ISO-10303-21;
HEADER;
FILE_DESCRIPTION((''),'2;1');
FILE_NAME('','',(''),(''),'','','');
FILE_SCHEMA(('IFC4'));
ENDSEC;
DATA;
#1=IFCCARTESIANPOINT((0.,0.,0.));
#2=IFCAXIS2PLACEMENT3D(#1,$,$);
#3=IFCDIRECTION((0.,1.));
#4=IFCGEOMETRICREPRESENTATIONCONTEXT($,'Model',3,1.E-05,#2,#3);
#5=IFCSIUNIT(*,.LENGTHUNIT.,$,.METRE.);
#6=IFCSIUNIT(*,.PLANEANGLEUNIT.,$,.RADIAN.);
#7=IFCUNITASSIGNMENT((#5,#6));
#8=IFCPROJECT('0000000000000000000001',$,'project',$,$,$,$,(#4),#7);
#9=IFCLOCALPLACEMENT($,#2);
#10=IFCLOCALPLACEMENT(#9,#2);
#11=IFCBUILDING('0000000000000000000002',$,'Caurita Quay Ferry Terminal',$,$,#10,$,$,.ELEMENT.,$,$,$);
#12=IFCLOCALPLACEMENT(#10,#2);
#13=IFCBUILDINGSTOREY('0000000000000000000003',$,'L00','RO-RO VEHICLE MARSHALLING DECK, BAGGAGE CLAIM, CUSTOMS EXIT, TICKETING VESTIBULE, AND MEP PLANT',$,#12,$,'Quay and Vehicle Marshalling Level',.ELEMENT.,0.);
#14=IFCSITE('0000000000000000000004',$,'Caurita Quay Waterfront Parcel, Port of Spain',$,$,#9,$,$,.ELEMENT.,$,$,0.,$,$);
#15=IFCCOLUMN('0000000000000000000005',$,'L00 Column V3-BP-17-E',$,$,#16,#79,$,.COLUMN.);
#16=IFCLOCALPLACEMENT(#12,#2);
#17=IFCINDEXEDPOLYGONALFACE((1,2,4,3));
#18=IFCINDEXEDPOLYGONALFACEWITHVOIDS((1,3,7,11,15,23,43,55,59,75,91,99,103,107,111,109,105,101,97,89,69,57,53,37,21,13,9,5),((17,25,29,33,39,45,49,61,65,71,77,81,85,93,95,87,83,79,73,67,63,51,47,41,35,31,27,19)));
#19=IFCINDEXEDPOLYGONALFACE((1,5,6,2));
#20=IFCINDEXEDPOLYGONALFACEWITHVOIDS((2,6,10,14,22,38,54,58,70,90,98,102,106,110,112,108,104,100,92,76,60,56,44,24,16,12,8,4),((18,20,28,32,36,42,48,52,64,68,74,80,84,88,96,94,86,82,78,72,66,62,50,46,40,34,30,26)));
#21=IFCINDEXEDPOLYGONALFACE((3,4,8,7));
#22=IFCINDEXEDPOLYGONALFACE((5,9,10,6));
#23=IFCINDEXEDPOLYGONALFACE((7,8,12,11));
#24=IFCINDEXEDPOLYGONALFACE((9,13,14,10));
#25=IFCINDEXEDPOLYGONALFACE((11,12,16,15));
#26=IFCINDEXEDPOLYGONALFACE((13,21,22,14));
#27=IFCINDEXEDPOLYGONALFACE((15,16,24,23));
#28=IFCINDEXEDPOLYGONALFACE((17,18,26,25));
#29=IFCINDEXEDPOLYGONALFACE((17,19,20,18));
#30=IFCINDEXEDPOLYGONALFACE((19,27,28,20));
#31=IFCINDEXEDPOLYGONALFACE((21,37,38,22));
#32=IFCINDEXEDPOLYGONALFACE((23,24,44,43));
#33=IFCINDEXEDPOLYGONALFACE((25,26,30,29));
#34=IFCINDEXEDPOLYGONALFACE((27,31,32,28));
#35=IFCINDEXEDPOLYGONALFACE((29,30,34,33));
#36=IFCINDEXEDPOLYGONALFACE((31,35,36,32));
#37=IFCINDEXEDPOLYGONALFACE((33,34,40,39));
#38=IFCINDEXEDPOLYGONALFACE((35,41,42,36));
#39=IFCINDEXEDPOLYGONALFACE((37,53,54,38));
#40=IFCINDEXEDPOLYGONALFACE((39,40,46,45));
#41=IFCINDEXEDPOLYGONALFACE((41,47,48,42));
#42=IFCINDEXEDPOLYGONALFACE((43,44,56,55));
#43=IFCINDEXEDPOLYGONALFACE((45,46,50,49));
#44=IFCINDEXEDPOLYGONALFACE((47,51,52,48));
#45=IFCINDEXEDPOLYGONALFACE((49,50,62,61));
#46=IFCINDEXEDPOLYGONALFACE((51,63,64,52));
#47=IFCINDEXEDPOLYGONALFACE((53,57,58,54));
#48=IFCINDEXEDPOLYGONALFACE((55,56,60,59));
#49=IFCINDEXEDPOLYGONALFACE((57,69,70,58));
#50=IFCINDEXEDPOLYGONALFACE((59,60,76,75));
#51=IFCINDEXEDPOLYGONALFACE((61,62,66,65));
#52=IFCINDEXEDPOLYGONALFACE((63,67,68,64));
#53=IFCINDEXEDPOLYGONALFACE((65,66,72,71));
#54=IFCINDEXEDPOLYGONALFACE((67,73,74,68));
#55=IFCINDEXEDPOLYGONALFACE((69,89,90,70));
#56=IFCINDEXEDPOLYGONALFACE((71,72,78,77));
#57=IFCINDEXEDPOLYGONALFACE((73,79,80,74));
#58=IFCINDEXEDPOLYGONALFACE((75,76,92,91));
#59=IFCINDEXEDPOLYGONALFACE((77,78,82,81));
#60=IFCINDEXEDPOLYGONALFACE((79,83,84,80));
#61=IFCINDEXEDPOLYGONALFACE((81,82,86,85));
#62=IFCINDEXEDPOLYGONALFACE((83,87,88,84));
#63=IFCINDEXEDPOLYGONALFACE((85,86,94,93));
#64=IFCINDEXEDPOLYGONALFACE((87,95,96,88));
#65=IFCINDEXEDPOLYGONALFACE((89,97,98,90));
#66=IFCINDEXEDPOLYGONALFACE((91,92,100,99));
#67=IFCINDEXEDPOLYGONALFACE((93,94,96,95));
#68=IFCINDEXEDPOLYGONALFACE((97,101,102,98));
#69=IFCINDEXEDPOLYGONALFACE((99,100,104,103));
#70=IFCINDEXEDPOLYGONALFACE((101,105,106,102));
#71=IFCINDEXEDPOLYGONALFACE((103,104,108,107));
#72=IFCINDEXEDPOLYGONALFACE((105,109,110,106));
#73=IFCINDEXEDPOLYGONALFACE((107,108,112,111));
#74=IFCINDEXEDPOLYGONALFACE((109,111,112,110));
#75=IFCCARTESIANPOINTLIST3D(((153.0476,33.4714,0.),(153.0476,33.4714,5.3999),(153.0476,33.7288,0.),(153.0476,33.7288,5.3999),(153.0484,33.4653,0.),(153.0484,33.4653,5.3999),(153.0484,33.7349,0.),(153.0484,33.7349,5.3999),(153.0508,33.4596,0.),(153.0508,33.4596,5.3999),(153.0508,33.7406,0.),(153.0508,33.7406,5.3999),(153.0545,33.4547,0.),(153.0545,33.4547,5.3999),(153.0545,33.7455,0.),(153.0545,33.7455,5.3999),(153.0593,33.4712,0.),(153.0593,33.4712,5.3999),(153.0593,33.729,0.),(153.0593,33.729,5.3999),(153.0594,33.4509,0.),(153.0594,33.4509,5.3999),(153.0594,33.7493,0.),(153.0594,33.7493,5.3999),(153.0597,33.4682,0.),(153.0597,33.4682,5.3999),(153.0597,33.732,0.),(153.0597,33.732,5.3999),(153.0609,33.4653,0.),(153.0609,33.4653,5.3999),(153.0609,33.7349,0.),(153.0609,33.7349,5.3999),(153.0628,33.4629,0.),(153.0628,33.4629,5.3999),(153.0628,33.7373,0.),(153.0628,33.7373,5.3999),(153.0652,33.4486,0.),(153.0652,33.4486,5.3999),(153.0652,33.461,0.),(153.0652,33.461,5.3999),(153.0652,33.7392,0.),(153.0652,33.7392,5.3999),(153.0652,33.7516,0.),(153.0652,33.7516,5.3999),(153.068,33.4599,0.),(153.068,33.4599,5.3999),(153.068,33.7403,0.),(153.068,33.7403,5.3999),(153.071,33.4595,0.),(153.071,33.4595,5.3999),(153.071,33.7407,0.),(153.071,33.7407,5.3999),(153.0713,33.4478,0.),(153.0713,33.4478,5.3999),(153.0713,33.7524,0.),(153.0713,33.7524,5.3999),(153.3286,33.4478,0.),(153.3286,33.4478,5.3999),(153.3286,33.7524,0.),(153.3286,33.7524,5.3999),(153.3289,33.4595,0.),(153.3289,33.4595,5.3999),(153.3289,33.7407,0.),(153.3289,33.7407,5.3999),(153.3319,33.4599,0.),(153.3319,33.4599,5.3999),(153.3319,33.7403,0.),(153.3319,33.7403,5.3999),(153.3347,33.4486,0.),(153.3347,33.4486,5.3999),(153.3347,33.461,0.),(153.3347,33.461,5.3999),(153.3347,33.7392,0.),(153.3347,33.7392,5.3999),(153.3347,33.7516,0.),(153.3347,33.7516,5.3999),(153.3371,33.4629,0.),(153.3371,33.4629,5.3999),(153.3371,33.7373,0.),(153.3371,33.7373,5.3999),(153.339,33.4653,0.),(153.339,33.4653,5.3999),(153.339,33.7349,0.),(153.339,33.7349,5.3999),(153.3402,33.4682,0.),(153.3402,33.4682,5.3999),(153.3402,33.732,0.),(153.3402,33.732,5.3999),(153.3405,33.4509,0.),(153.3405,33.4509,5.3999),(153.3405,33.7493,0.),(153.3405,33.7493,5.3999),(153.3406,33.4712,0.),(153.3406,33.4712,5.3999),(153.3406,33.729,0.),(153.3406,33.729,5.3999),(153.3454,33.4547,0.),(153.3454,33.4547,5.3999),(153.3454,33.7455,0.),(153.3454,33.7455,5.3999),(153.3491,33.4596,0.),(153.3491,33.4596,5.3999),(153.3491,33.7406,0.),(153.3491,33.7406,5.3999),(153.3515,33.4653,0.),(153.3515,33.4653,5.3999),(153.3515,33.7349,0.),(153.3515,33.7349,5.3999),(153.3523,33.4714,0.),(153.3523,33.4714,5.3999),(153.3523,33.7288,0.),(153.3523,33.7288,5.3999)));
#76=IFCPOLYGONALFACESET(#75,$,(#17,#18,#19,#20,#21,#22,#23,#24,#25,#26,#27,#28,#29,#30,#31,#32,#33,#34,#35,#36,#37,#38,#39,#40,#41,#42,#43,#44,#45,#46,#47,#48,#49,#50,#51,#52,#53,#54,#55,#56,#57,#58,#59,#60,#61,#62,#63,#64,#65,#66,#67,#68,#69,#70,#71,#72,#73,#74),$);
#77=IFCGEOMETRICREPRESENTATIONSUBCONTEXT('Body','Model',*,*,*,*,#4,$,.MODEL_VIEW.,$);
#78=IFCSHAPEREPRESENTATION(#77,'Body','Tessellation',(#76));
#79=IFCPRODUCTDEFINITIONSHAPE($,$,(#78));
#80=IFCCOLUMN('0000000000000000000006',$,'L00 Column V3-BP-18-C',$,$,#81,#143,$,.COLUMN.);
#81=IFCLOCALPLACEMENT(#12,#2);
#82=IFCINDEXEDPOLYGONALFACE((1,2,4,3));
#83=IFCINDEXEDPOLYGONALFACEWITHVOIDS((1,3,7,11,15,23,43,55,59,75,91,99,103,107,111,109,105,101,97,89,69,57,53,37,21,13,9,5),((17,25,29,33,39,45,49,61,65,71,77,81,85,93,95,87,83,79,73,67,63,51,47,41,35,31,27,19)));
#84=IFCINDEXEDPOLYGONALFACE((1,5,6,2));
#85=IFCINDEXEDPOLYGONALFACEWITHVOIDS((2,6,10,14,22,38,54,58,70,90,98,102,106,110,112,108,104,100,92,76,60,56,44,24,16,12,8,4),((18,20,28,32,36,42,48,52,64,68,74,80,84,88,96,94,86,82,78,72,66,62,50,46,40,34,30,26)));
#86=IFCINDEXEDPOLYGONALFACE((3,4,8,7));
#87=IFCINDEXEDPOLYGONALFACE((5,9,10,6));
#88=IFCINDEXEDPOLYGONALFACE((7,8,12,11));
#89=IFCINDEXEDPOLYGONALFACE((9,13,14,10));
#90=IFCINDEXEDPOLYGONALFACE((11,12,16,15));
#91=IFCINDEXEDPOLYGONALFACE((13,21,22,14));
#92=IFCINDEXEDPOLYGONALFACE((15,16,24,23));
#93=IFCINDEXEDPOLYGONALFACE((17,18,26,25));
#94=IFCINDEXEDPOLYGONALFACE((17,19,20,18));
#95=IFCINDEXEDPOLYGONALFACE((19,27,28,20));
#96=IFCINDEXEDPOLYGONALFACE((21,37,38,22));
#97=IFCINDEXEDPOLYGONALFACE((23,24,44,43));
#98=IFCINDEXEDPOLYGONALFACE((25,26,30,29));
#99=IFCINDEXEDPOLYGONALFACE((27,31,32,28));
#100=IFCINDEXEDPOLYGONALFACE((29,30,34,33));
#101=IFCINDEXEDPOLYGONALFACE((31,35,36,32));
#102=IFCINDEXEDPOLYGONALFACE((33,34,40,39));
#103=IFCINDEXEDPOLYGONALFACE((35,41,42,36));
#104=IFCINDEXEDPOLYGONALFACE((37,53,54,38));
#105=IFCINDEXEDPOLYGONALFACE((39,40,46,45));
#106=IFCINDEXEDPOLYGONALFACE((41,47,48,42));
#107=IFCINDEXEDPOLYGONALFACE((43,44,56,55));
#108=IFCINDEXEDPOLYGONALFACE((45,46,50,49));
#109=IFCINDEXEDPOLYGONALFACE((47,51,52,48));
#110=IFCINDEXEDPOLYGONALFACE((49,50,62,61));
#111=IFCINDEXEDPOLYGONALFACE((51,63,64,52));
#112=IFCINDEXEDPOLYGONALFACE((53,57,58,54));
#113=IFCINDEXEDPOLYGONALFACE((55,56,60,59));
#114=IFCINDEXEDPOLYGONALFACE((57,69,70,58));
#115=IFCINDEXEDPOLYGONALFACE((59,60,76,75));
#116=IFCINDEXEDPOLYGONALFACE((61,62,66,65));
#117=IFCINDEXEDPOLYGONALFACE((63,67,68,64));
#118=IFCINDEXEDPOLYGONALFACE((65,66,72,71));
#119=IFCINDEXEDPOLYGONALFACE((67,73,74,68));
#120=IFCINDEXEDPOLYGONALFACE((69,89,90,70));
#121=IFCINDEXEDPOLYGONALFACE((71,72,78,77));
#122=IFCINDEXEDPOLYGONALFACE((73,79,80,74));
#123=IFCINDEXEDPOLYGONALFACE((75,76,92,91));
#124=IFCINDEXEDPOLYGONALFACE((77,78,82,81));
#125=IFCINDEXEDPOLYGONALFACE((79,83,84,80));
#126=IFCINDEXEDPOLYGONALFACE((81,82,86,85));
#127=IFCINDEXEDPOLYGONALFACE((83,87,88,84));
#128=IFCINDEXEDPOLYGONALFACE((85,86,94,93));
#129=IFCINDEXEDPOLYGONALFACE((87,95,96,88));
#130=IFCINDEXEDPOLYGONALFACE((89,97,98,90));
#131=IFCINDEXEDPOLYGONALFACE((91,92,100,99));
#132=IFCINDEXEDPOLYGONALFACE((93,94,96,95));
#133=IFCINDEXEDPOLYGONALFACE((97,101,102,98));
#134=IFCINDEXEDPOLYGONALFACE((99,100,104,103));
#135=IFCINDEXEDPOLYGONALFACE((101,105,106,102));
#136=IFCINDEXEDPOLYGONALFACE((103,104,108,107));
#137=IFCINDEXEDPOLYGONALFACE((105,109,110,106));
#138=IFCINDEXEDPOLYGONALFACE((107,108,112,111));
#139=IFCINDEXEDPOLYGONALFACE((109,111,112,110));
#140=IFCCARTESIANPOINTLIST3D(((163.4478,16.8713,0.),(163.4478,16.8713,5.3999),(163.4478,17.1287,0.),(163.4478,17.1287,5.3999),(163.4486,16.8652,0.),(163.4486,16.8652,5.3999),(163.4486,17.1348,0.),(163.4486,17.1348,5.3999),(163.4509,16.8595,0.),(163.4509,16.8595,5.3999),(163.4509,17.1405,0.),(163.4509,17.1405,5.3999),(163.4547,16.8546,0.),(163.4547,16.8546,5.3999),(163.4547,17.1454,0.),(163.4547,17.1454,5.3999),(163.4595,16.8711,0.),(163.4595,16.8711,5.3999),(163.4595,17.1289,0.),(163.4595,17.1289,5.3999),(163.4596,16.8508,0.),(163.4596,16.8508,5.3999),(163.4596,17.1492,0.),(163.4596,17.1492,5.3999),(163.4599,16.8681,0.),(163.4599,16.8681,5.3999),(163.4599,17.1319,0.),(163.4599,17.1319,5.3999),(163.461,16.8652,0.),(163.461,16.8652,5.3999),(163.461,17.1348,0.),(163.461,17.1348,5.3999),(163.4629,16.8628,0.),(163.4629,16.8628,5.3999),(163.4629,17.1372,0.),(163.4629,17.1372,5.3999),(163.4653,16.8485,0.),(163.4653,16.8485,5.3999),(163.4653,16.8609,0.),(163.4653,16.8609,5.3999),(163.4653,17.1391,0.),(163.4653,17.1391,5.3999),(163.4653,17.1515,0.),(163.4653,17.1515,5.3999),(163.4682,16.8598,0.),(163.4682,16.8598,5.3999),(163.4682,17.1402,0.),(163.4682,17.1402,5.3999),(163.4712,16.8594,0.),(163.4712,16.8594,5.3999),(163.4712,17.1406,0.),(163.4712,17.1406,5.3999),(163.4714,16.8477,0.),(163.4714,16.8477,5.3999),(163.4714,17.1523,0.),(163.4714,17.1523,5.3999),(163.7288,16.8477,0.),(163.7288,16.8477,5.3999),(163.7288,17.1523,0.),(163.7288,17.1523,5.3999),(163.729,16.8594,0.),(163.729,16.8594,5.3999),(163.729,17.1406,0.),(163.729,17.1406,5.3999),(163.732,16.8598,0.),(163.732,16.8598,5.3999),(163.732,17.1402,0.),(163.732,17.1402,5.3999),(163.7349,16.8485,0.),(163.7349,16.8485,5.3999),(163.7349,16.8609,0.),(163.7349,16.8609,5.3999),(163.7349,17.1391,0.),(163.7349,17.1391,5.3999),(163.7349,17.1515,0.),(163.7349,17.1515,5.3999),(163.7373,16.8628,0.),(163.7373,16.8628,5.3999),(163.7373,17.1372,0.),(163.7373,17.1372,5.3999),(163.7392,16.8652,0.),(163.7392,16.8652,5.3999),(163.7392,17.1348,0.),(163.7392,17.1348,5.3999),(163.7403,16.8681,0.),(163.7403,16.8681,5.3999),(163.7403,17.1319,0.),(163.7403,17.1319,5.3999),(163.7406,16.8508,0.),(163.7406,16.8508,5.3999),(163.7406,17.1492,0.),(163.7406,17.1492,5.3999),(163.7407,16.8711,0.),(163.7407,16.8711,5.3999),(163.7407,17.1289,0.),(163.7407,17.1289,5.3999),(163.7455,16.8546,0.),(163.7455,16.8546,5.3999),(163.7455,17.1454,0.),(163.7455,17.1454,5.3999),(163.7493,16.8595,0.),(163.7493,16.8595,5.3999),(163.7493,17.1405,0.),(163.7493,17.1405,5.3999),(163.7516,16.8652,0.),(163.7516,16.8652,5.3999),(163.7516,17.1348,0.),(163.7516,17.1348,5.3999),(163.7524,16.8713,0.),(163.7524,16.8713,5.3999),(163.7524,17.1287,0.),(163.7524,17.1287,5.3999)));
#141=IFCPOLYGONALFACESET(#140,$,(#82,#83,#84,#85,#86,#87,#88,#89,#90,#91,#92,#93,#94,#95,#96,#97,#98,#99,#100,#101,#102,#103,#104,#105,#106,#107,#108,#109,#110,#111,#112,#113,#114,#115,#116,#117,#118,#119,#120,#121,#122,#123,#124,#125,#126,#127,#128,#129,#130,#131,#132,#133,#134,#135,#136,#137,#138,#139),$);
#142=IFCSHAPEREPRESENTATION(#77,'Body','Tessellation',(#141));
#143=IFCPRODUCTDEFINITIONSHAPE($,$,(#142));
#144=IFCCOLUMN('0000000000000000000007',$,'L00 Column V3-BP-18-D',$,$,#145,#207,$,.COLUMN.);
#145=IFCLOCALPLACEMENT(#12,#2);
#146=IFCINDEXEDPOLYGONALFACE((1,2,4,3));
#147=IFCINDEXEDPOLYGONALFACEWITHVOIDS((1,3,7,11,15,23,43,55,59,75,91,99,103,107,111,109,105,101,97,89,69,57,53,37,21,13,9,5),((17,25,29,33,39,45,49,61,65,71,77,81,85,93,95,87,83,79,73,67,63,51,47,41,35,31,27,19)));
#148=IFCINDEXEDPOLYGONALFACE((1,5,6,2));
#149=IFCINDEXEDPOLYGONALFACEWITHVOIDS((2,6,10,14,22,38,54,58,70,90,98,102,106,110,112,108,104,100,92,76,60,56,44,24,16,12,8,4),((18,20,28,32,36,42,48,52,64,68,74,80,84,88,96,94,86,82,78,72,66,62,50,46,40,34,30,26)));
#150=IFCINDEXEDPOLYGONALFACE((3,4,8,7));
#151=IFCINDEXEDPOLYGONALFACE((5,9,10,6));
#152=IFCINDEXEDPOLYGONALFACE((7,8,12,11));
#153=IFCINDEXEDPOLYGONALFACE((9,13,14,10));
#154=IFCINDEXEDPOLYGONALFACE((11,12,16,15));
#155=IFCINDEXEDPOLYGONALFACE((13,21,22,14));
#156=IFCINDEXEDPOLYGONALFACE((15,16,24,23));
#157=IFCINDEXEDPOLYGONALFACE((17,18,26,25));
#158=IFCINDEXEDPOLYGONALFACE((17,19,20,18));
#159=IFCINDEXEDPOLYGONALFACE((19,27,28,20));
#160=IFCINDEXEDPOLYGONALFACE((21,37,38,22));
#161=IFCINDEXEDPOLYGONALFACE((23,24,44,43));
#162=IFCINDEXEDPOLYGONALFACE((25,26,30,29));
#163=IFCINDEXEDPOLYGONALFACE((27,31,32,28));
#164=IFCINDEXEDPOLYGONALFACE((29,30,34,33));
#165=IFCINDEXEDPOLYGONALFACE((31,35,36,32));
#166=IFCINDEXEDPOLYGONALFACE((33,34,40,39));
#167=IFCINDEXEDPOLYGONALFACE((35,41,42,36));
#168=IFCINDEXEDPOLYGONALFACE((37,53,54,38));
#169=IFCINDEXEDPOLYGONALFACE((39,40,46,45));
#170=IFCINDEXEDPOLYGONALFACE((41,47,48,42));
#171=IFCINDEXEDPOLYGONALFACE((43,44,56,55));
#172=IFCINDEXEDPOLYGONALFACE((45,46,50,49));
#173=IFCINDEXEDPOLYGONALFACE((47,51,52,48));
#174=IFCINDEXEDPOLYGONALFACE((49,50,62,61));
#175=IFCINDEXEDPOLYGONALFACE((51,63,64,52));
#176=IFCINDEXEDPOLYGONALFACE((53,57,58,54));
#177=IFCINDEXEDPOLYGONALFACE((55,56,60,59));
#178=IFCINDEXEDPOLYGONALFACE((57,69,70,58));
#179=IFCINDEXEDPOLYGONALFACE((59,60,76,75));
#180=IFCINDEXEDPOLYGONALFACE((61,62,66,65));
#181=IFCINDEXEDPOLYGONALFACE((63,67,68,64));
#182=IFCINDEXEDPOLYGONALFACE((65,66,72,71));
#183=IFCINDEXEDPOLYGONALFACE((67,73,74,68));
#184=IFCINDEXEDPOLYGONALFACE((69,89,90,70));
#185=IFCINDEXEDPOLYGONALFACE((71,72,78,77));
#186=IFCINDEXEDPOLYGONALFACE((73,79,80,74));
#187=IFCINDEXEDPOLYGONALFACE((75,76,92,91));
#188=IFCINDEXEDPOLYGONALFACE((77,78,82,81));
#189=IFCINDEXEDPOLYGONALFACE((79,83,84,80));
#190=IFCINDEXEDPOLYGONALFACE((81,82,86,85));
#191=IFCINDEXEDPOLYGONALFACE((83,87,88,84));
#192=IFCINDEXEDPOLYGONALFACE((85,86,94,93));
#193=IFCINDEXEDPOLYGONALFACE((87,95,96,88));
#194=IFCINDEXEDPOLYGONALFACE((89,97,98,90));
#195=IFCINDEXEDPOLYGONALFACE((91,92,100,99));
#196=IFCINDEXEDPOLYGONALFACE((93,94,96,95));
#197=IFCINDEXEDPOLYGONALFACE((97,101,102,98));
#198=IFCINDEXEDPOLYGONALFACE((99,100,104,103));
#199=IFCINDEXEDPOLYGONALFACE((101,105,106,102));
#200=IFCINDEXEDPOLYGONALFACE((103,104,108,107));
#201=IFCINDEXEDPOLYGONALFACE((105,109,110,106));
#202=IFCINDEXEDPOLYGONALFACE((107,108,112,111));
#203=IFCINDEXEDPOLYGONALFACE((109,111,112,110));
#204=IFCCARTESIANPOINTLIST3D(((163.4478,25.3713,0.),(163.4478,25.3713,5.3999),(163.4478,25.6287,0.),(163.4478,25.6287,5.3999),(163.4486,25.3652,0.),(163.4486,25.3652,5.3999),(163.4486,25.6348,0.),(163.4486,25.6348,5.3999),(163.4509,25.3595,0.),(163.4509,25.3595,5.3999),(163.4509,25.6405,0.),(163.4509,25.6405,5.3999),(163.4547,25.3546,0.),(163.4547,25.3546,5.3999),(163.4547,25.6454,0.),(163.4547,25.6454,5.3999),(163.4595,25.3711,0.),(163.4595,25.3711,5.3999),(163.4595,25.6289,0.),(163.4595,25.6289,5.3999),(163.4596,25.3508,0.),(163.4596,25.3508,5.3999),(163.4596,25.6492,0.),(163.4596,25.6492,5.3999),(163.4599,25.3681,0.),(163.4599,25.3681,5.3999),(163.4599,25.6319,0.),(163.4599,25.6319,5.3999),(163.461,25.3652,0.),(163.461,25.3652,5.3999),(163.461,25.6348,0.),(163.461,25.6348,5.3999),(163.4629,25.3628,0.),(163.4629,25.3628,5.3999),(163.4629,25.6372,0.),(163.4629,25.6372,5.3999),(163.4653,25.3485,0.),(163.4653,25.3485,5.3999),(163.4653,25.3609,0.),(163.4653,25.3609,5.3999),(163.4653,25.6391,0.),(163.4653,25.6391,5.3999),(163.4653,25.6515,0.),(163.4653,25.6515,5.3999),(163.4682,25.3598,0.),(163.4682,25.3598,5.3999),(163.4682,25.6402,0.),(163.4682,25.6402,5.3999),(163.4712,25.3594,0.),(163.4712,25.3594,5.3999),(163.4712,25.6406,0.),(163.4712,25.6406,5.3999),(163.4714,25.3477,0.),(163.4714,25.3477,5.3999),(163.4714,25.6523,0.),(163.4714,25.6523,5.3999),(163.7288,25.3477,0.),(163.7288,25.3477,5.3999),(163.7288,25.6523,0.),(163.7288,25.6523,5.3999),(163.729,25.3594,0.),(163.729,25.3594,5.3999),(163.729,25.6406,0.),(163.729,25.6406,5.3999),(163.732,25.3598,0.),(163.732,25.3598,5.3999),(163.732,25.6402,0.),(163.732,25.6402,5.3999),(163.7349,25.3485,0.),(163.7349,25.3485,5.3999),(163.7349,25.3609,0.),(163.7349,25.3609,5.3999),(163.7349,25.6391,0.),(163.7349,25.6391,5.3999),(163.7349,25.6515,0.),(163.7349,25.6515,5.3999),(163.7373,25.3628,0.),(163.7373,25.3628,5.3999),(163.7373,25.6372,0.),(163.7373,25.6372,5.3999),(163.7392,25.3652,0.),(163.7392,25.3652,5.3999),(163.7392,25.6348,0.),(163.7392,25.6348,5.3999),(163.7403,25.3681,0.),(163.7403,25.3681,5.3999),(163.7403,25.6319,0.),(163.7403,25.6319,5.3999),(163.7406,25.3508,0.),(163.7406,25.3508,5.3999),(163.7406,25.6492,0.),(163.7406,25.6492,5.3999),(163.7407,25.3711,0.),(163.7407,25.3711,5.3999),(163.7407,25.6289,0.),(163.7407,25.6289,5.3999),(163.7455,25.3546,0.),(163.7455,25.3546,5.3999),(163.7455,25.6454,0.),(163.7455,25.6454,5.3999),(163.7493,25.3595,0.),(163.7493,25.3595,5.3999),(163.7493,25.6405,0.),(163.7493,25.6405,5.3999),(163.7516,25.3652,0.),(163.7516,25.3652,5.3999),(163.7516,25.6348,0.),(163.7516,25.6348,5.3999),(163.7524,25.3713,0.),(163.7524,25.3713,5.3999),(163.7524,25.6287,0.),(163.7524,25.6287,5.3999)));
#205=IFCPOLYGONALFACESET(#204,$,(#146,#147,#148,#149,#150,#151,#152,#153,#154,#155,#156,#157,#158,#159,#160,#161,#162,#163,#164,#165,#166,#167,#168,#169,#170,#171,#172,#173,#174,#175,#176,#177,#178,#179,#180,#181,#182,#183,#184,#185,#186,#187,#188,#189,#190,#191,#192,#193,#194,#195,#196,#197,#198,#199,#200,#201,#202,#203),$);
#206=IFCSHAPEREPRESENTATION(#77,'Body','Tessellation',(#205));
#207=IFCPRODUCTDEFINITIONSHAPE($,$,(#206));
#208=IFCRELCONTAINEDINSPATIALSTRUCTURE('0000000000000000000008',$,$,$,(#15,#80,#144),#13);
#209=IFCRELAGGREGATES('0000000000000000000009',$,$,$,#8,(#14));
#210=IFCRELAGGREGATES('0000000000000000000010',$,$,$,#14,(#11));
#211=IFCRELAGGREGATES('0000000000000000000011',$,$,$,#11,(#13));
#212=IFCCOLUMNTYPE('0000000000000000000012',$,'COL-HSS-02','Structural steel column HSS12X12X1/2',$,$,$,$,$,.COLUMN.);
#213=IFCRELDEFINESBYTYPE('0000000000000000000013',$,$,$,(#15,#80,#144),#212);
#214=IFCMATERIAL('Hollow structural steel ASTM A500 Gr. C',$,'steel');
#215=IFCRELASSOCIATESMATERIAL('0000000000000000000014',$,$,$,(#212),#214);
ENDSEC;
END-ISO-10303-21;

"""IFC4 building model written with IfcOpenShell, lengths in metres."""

from ifc_helpers import new_model, si_unit, direction, frame, origin, origin_2d, place, context, subcontext, project, spatial, hollow_rectangle, extrude, material, material_profile, profile_set, type_object, element, save


model = new_model("IFC4")

# Units and contexts
model_context = context("Model", 3, precision=1e-05, world=origin(), true_north=direction((0.0, 1.0)))
body_context = subcontext(model_context, "Body", "Model", "MODEL_VIEW")
ifc_project = project(units=[si_unit("LENGTHUNIT", "METRE"), si_unit("PLANEANGLEUNIT", "RADIAN")], contexts=[model_context])

# Site, building, storey
site_placement = place(None, origin())
site = spatial("IfcSite", under=ifc_project, at=site_placement, Name="Caurita Quay Waterfront Parcel, Port of Spain", CompositionType="ELEMENT", RefElevation=0.0)
building_placement = place(site_placement, origin())
building = spatial("IfcBuilding", under=site, at=building_placement, Name="Caurita Quay Ferry Terminal", CompositionType="ELEMENT")
storey_placement = place(building_placement, origin())
storey = spatial("IfcBuildingStorey", under=building, at=storey_placement, Name="L00", Description="RO-RO VEHICLE MARSHALLING DECK, BAGGAGE CLAIM, CUSTOMS EXIT, TICKETING VESTIBULE, AND MEP PLANT", LongName="Quay and Vehicle Marshalling Level", CompositionType="ELEMENT", Elevation=0.0)

# Columns
ifc_material_1 = material(Name="Hollow structural steel ASTM A500 Gr. C", Category="steel")
ifc_material_profile_1 = material_profile(ifc_material_1, hollow_rectangle(XDim=0.3047, YDim=0.3047, WallThickness=0.0117, InnerFilletRadius=0.0117, OuterFilletRadius=0.0237, at=origin_2d()), Name="HSS12X12X1/2")
ifc_profile_set_1 = profile_set([ifc_material_profile_1], Name="Hollow structural steel ASTM A500 Gr. C")
column_type_1 = type_object("IfcColumnType", Name="COL-HSS-02", Description="Structural steel column HSS12X12X1/2", PredefinedType="COLUMN", material=ifc_profile_set_1)
for number, where, z_axis, x_axis, name in (
    (1, (153.2, 33.6001, 0.0), (0.0, 0.0, 1.0), (1.0, 0.0, 0.0), "L00 Column V3-BP-17-E"),
    (2, (163.6001, 17.0, 0.0), (0.0, 0.0, 1.0), (1.0, 0.0, 0.0), "L00 Column V3-BP-18-C"),
    (3, (163.6001, 25.5, 0.0), (0.0, 0.0, 1.0), (1.0, 0.0, 0.0), "L00 Column V3-BP-18-D"),
):
    element("IfcColumn", number, at=place(storey_placement, frame(where, z_axis=z_axis, x_axis=x_axis)), inside=storey, type_object=column_type_1, Name=name, PredefinedType="COLUMN", context=body_context, shape_type="SweptSolid", body=[
        extrude(hollow_rectangle(XDim=0.3047, YDim=0.3047, WallThickness=0.0117, InnerFilletRadius=0.0117, OuterFilletRadius=0.0237, at=origin_2d()), origin(), (0.0, 0.0, 1.0), 5.3999),
    ])

save(model, "model.ifc")
